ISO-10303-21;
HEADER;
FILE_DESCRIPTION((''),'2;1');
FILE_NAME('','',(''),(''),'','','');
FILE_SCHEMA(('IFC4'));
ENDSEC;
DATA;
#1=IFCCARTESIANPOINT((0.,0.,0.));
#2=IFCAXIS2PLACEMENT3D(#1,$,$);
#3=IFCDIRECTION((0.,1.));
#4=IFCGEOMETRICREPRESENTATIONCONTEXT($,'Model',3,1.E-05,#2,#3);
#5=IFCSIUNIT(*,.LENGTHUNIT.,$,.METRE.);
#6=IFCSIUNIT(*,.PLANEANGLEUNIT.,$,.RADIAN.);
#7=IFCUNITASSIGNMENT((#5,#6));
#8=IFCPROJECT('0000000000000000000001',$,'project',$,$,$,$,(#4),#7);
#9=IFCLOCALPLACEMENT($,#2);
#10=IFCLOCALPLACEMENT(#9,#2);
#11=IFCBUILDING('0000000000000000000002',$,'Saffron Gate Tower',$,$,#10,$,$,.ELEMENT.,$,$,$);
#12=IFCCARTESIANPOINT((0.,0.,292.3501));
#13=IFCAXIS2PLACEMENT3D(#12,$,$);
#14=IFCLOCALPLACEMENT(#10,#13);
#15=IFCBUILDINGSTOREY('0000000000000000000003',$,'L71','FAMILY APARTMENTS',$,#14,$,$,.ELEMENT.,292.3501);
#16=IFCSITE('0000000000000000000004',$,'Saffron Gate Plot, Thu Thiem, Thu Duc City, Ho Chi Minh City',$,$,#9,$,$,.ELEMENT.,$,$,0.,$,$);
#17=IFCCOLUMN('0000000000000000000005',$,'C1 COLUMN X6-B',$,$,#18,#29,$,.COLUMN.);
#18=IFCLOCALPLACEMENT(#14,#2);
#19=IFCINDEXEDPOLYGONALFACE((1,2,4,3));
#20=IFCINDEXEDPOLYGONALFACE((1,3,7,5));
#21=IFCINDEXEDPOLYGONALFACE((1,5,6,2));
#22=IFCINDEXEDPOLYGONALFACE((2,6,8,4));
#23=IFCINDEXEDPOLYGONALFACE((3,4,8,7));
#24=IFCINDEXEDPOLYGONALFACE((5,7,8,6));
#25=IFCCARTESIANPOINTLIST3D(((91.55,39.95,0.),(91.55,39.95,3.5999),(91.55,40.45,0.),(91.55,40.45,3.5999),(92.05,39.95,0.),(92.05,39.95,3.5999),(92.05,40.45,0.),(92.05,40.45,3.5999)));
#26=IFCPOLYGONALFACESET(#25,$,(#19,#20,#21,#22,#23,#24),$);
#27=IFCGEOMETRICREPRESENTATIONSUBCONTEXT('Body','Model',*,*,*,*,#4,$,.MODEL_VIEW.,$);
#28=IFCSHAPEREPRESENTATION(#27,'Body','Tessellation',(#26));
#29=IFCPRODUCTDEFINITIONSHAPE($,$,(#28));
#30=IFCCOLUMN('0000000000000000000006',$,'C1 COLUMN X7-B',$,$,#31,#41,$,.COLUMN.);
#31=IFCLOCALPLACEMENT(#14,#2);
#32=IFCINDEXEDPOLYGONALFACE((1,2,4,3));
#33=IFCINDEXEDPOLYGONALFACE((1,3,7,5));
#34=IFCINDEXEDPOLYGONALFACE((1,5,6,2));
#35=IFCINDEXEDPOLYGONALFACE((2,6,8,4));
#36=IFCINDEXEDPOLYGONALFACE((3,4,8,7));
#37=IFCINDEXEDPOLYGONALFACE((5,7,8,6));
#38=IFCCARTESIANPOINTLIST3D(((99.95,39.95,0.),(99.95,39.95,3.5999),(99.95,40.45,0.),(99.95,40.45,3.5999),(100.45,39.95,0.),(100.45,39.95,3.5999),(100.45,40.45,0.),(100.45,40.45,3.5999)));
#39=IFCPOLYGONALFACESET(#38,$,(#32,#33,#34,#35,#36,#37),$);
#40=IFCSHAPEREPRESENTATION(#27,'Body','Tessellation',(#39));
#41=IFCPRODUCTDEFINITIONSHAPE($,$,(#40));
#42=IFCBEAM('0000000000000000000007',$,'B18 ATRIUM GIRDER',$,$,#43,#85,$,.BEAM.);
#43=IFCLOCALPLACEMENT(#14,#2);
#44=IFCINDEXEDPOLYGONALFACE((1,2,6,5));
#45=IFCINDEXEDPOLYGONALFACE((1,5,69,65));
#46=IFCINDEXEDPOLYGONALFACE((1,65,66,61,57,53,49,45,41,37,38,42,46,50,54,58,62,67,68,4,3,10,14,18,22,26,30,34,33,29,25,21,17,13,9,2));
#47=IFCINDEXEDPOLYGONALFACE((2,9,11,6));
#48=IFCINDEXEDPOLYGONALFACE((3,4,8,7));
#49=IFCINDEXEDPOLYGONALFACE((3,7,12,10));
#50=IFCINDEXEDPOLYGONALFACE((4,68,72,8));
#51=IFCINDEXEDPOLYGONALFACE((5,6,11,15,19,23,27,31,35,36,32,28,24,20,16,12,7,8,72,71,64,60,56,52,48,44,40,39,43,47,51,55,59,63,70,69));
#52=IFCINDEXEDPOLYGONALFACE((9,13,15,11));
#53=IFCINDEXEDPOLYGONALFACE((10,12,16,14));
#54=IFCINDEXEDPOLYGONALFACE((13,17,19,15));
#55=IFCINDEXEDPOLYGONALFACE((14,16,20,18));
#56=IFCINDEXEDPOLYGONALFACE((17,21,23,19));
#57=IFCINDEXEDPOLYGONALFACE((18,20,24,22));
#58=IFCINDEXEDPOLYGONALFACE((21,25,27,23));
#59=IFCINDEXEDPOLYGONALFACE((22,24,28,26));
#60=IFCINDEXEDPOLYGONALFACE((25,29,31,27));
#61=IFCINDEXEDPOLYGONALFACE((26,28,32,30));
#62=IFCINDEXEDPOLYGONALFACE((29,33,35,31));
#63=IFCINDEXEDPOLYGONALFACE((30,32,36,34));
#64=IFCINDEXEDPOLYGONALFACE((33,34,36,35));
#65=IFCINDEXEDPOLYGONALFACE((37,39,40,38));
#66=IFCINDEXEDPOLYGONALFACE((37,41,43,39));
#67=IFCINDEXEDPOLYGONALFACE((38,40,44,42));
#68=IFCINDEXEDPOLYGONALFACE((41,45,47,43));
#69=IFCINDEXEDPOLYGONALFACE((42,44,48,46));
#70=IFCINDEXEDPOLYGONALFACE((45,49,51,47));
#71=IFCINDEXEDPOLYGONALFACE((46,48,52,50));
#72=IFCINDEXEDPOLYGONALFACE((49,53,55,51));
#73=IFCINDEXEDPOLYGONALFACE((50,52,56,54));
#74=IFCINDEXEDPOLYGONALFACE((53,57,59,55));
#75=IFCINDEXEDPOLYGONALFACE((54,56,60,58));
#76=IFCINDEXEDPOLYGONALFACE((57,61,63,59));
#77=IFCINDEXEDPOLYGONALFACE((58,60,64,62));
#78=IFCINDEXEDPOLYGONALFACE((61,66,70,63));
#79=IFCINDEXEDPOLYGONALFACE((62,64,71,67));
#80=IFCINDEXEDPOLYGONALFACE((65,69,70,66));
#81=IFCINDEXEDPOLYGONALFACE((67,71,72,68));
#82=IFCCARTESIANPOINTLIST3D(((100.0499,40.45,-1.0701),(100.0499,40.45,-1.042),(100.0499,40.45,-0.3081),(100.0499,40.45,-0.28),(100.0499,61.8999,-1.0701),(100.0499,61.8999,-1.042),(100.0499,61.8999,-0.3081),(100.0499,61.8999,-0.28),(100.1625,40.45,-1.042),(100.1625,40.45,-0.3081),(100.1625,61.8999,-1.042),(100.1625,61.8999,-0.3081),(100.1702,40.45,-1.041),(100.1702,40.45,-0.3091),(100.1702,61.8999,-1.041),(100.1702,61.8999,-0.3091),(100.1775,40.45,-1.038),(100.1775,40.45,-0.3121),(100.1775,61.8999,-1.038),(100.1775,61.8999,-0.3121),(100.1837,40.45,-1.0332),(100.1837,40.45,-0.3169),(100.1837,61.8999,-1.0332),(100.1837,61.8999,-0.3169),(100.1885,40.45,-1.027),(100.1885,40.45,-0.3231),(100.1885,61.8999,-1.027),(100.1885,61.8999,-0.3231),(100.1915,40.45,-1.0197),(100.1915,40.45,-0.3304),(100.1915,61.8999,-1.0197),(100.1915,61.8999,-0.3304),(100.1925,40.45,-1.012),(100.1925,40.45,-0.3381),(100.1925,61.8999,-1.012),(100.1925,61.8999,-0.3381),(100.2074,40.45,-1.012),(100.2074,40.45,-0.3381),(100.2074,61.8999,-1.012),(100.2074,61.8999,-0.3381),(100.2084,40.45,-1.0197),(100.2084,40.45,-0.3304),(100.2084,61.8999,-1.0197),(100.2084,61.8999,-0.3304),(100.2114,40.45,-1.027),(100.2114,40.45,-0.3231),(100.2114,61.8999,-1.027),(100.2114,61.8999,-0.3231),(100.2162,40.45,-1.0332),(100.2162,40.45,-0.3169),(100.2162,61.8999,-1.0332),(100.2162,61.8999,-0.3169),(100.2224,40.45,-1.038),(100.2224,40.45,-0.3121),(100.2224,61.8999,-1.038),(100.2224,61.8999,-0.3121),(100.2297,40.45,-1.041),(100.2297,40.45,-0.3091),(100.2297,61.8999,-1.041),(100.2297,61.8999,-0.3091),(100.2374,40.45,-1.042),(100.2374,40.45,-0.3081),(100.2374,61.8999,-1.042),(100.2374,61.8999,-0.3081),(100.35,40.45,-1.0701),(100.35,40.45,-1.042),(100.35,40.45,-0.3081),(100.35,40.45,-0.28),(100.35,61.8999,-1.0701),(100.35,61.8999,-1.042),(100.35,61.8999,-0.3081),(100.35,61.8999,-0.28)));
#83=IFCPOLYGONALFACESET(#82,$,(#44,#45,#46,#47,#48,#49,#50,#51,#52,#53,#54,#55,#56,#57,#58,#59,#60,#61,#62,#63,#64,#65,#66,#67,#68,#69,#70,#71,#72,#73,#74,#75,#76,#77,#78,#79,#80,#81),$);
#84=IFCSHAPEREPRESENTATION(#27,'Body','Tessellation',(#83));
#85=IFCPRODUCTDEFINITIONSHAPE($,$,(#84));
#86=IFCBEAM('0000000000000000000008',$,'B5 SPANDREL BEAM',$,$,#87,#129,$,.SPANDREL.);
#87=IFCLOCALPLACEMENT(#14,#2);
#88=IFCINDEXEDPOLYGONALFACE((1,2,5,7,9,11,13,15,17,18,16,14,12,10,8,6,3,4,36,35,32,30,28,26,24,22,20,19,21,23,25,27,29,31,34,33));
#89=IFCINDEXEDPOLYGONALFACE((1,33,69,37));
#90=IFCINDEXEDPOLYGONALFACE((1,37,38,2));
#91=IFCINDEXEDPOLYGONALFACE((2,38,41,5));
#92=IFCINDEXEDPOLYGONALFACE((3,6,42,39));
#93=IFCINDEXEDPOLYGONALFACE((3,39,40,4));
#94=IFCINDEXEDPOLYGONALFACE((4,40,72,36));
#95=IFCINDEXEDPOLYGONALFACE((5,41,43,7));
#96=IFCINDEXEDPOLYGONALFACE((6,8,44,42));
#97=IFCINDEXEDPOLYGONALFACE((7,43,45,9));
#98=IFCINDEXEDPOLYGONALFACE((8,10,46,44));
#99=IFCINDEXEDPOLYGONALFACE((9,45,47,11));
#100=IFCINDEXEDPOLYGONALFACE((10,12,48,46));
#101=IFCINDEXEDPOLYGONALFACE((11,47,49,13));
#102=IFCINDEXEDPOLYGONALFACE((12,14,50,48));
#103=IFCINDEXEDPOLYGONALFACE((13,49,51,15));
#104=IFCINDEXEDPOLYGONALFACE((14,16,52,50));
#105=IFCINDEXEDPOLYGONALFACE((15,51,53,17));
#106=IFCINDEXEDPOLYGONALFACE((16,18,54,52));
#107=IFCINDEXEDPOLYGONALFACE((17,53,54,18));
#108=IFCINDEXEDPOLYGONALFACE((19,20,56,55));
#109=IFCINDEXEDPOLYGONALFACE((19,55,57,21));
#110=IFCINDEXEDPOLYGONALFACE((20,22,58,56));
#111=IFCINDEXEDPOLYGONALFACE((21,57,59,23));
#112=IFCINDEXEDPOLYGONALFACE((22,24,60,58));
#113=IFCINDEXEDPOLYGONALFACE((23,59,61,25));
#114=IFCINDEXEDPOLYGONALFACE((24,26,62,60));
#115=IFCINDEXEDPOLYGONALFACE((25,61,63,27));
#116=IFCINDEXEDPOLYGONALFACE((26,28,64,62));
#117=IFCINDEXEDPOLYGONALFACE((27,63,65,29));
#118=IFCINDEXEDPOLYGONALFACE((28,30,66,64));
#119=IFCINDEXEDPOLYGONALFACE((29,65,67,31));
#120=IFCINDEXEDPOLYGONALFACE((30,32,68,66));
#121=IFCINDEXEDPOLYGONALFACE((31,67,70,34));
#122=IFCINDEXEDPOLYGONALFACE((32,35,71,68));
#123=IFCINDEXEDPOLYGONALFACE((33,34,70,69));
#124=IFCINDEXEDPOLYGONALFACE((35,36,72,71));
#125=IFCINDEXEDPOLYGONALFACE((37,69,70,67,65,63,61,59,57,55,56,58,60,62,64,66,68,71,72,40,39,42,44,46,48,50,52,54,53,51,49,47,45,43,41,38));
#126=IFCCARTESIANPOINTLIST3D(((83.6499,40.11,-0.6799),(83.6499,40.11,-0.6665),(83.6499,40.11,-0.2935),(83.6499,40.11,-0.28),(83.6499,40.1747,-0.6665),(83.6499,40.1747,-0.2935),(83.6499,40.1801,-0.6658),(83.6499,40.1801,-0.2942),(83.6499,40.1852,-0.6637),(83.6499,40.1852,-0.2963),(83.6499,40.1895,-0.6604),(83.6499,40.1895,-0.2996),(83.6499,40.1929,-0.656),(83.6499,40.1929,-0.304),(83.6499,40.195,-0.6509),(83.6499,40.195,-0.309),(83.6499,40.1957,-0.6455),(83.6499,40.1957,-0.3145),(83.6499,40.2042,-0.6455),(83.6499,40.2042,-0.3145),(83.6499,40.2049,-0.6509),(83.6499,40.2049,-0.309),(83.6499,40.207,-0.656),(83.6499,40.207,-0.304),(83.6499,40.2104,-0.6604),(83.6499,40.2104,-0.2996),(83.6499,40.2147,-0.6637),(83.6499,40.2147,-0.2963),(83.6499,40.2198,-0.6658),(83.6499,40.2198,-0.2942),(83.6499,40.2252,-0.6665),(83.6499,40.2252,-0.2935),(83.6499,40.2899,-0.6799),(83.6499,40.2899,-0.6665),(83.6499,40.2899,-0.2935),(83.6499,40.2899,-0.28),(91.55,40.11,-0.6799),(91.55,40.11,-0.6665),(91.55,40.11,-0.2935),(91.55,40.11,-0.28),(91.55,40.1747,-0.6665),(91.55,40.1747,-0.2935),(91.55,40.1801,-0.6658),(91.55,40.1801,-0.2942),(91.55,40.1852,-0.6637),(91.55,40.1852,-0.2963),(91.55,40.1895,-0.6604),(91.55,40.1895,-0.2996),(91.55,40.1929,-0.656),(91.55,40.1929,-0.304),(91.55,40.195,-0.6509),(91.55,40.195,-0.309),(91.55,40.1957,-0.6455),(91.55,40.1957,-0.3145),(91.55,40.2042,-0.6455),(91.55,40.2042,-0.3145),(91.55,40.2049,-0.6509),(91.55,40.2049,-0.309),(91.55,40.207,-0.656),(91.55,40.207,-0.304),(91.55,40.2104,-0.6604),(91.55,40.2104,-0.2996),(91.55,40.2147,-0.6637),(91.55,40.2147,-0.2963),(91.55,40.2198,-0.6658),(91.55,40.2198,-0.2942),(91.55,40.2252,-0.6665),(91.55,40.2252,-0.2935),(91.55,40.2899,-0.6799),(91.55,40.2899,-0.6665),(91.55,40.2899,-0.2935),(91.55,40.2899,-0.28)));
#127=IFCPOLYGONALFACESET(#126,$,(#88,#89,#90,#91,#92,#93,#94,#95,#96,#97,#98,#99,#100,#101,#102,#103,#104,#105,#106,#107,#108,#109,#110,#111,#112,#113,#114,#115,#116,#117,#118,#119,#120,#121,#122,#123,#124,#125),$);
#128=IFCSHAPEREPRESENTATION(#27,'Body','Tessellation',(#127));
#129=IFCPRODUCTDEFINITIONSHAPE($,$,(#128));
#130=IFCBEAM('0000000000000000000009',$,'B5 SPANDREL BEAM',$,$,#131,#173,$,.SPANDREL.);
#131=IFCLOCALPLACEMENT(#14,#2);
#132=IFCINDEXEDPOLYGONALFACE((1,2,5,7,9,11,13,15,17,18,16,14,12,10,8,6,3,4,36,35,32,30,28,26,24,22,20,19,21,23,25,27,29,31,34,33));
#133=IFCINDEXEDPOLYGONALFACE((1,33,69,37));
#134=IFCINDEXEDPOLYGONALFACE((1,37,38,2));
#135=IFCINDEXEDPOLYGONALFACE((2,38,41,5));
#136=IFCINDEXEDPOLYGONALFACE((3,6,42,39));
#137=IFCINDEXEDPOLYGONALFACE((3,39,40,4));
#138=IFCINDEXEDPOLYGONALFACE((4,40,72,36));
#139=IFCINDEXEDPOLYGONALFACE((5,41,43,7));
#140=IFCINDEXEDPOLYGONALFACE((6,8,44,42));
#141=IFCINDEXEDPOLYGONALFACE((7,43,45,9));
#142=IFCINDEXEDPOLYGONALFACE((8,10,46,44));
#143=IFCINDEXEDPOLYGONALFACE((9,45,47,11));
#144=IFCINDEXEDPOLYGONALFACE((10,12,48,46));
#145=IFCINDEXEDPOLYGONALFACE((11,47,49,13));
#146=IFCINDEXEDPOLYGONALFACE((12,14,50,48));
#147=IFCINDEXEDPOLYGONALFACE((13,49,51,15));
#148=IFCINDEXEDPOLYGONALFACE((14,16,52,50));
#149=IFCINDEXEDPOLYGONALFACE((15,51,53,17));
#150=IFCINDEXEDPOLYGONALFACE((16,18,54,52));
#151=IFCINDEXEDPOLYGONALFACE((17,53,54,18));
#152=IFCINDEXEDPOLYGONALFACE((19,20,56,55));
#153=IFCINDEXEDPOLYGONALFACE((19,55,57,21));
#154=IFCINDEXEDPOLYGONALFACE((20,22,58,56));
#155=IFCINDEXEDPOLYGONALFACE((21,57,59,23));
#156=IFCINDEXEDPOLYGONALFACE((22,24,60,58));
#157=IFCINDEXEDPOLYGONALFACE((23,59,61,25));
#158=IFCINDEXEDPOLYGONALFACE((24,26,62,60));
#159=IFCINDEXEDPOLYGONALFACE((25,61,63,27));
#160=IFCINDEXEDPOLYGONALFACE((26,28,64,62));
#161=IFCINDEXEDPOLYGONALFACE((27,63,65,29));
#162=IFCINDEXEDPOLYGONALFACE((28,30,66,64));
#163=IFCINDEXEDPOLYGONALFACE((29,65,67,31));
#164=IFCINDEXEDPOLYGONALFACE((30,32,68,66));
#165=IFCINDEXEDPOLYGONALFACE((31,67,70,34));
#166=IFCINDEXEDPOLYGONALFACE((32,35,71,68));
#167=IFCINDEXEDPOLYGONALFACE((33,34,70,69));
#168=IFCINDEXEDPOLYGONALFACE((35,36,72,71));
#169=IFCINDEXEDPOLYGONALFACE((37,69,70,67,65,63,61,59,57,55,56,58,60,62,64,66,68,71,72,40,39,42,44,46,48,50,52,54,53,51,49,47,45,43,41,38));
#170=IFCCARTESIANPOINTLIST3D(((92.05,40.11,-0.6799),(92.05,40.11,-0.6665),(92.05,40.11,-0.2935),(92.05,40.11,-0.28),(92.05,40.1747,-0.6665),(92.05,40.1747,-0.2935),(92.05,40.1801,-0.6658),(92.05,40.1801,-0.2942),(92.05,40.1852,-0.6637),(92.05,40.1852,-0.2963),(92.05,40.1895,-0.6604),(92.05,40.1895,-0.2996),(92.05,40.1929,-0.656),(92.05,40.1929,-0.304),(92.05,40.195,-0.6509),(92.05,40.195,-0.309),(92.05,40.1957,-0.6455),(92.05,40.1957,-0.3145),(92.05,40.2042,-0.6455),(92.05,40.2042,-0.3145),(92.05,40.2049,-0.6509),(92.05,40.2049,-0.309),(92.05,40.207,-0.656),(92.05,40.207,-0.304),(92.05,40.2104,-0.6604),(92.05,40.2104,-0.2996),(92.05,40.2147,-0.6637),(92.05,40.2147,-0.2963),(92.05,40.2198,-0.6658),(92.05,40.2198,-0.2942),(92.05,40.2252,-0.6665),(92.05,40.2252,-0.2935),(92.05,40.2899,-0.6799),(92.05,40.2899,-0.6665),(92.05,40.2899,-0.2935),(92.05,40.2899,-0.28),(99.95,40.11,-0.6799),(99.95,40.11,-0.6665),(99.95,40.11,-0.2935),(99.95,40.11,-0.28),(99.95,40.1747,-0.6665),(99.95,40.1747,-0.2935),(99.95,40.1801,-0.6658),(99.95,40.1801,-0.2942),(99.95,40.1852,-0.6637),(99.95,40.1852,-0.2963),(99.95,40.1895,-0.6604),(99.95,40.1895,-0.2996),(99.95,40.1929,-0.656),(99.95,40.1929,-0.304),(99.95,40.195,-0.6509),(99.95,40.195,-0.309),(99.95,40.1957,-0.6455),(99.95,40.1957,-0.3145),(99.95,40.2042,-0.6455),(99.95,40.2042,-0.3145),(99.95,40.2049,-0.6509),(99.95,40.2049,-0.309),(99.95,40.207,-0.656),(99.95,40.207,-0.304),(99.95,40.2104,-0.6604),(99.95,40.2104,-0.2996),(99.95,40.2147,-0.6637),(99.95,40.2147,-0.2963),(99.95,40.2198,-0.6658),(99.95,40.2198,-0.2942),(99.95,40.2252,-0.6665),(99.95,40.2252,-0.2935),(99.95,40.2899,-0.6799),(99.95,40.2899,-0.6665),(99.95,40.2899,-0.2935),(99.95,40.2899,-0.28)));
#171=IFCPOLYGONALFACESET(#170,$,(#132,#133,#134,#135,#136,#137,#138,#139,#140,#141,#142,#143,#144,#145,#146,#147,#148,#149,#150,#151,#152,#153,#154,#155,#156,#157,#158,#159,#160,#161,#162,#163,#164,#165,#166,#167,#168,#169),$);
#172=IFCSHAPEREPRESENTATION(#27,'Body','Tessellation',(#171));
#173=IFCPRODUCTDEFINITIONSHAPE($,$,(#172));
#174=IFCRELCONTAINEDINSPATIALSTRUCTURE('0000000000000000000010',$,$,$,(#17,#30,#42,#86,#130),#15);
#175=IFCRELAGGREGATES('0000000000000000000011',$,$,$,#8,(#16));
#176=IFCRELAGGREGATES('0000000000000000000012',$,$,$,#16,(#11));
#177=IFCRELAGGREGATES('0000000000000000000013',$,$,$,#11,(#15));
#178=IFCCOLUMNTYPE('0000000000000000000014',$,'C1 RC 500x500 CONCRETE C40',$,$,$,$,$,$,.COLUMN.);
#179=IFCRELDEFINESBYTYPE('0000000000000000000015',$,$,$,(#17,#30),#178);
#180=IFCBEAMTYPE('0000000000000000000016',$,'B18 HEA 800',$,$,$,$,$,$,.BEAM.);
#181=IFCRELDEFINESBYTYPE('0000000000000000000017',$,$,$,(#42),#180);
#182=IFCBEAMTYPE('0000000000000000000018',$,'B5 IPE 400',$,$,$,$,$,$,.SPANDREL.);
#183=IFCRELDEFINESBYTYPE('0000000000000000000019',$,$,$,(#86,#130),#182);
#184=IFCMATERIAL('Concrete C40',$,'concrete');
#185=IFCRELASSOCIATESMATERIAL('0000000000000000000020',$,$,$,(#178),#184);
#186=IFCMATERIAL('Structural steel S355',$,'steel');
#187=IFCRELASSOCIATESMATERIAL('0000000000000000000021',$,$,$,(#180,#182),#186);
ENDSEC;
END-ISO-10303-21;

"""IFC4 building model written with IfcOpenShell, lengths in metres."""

from ifc_helpers import new_model, si_unit, direction, frame, origin, origin_2d, place, context, subcontext, project, spatial, rectangle, i_section, extrude, material, material_profile, profile_set, type_object, element, save


model = new_model("IFC4")

# Units and contexts
model_context = context("Model", 3, precision=1e-05, world=origin(), true_north=direction((0.0, 1.0)))
body_context = subcontext(model_context, "Body", "Model", "MODEL_VIEW")
ifc_project = project(units=[si_unit("LENGTHUNIT", "METRE"), si_unit("PLANEANGLEUNIT", "RADIAN")], contexts=[model_context])

# Site, building, storey
site_placement = place(None, origin())
site = spatial("IfcSite", under=ifc_project, at=site_placement, Name="Saffron Gate Plot, Thu Thiem, Thu Duc City, Ho Chi Minh City", CompositionType="ELEMENT", RefElevation=0.0)
building_placement = place(site_placement, origin())
building = spatial("IfcBuilding", under=site, at=building_placement, Name="Saffron Gate Tower", CompositionType="ELEMENT")
storey_placement = place(building_placement, frame((0.0, 0.0, 292.3501)))
storey = spatial("IfcBuildingStorey", under=building, at=storey_placement, Name="L71", Description="FAMILY APARTMENTS", CompositionType="ELEMENT", Elevation=292.3501)

# Columns
ifc_material_1 = material(Name="Concrete C40", Category="concrete")
ifc_material_profile_1 = material_profile(ifc_material_1, rectangle(XDim=0.5, YDim=0.5, at=origin_2d()))
ifc_profile_set_1 = profile_set([ifc_material_profile_1], Name="Concrete C40")
column_type = type_object("IfcColumnType", Name="C1 RC 500x500 CONCRETE C40", PredefinedType="COLUMN", material=ifc_profile_set_1)
for number, where, z_axis, x_axis, name in (
    (1, (91.8, 40.2, 0.0), (0.0, 0.0, 1.0), (1.0, 0.0, 0.0), "C1 COLUMN X6-B"),
    (2, (100.2, 40.2, 0.0), (0.0, 0.0, 1.0), (1.0, 0.0, 0.0), "C1 COLUMN X7-B"),
):
    element("IfcColumn", number, at=place(storey_placement, frame(where, z_axis=z_axis, x_axis=x_axis)), inside=storey, type_object=column_type, Name=name, PredefinedType="COLUMN", context=body_context, shape_type="SweptSolid", body=[
        extrude(rectangle(XDim=0.5, YDim=0.5, at=origin_2d()), origin(), (0.0, 0.0, 1.0), 3.5999),
    ])

# Beams
ifc_material_2 = material(Name="Structural steel S355", Category="steel")
ifc_material_profile_2 = material_profile(ifc_material_2, i_section(OverallWidth=0.3, OverallDepth=0.79, WebThickness=0.0149, FlangeThickness=0.0281, FilletRadius=0.03, at=origin_2d()))
ifc_profile_set_2 = profile_set([ifc_material_profile_2], Name="Structural steel S355")
beam_type_1 = type_object("IfcBeamType", Name="B18 HEA 800", PredefinedType="BEAM", material=ifc_profile_set_2)
beam_1_placement = place(storey_placement, frame((100.2, 40.45, -0.675), z_axis=(0.0, 1.0, 0.0), x_axis=(-1.0, 0.0, 0.0)))
element("IfcBeam", 3, at=beam_1_placement, inside=storey, type_object=beam_type_1, Name="B18 ATRIUM GIRDER", PredefinedType="BEAM", context=body_context, shape_type="SweptSolid", body=[
    extrude(i_section(OverallWidth=0.3, OverallDepth=0.79, WebThickness=0.0149, FlangeThickness=0.0281, FilletRadius=0.03, at=origin_2d()), origin(), (0.0, 0.0, 1.0), 21.45),
])
ifc_material_profile_3 = material_profile(ifc_material_2, i_section(OverallWidth=0.1799, OverallDepth=0.3999, WebThickness=0.0085, FlangeThickness=0.0134, FilletRadius=0.021, at=origin_2d()))
ifc_profile_set_3 = profile_set([ifc_material_profile_3], Name="Structural steel S355")
beam_type_2 = type_object("IfcBeamType", Name="B5 IPE 400", PredefinedType="SPANDREL", material=ifc_profile_set_3)
beam_2_placement = place(storey_placement, frame((83.6499, 40.2, -0.48), z_axis=(1.0, 0.0, 0.0), x_axis=(0.0, 1.0, 0.0)))
element("IfcBeam", 4, at=beam_2_placement, inside=storey, type_object=beam_type_2, Name="B5 SPANDREL BEAM", PredefinedType="SPANDREL", context=body_context, shape_type="SweptSolid", body=[
    extrude(i_section(OverallWidth=0.1799, OverallDepth=0.3999, WebThickness=0.0085, FlangeThickness=0.0134, FilletRadius=0.021, at=origin_2d()), origin(), (0.0, 0.0, 1.0), 7.9001),
])
beam_3_placement = place(storey_placement, frame((92.05, 40.2, -0.48), z_axis=(1.0, 0.0, 0.0), x_axis=(0.0, 1.0, 0.0)))
element("IfcBeam", 5, at=beam_3_placement, inside=storey, type_object=beam_type_2, Name="B5 SPANDREL BEAM", PredefinedType="SPANDREL", context=body_context, shape_type="SweptSolid", body=[
    extrude(i_section(OverallWidth=0.1799, OverallDepth=0.3999, WebThickness=0.0085, FlangeThickness=0.0134, FilletRadius=0.021, at=origin_2d()), origin(), (0.0, 0.0, 1.0), 7.8999),
])

save(model, "model.ifc")
